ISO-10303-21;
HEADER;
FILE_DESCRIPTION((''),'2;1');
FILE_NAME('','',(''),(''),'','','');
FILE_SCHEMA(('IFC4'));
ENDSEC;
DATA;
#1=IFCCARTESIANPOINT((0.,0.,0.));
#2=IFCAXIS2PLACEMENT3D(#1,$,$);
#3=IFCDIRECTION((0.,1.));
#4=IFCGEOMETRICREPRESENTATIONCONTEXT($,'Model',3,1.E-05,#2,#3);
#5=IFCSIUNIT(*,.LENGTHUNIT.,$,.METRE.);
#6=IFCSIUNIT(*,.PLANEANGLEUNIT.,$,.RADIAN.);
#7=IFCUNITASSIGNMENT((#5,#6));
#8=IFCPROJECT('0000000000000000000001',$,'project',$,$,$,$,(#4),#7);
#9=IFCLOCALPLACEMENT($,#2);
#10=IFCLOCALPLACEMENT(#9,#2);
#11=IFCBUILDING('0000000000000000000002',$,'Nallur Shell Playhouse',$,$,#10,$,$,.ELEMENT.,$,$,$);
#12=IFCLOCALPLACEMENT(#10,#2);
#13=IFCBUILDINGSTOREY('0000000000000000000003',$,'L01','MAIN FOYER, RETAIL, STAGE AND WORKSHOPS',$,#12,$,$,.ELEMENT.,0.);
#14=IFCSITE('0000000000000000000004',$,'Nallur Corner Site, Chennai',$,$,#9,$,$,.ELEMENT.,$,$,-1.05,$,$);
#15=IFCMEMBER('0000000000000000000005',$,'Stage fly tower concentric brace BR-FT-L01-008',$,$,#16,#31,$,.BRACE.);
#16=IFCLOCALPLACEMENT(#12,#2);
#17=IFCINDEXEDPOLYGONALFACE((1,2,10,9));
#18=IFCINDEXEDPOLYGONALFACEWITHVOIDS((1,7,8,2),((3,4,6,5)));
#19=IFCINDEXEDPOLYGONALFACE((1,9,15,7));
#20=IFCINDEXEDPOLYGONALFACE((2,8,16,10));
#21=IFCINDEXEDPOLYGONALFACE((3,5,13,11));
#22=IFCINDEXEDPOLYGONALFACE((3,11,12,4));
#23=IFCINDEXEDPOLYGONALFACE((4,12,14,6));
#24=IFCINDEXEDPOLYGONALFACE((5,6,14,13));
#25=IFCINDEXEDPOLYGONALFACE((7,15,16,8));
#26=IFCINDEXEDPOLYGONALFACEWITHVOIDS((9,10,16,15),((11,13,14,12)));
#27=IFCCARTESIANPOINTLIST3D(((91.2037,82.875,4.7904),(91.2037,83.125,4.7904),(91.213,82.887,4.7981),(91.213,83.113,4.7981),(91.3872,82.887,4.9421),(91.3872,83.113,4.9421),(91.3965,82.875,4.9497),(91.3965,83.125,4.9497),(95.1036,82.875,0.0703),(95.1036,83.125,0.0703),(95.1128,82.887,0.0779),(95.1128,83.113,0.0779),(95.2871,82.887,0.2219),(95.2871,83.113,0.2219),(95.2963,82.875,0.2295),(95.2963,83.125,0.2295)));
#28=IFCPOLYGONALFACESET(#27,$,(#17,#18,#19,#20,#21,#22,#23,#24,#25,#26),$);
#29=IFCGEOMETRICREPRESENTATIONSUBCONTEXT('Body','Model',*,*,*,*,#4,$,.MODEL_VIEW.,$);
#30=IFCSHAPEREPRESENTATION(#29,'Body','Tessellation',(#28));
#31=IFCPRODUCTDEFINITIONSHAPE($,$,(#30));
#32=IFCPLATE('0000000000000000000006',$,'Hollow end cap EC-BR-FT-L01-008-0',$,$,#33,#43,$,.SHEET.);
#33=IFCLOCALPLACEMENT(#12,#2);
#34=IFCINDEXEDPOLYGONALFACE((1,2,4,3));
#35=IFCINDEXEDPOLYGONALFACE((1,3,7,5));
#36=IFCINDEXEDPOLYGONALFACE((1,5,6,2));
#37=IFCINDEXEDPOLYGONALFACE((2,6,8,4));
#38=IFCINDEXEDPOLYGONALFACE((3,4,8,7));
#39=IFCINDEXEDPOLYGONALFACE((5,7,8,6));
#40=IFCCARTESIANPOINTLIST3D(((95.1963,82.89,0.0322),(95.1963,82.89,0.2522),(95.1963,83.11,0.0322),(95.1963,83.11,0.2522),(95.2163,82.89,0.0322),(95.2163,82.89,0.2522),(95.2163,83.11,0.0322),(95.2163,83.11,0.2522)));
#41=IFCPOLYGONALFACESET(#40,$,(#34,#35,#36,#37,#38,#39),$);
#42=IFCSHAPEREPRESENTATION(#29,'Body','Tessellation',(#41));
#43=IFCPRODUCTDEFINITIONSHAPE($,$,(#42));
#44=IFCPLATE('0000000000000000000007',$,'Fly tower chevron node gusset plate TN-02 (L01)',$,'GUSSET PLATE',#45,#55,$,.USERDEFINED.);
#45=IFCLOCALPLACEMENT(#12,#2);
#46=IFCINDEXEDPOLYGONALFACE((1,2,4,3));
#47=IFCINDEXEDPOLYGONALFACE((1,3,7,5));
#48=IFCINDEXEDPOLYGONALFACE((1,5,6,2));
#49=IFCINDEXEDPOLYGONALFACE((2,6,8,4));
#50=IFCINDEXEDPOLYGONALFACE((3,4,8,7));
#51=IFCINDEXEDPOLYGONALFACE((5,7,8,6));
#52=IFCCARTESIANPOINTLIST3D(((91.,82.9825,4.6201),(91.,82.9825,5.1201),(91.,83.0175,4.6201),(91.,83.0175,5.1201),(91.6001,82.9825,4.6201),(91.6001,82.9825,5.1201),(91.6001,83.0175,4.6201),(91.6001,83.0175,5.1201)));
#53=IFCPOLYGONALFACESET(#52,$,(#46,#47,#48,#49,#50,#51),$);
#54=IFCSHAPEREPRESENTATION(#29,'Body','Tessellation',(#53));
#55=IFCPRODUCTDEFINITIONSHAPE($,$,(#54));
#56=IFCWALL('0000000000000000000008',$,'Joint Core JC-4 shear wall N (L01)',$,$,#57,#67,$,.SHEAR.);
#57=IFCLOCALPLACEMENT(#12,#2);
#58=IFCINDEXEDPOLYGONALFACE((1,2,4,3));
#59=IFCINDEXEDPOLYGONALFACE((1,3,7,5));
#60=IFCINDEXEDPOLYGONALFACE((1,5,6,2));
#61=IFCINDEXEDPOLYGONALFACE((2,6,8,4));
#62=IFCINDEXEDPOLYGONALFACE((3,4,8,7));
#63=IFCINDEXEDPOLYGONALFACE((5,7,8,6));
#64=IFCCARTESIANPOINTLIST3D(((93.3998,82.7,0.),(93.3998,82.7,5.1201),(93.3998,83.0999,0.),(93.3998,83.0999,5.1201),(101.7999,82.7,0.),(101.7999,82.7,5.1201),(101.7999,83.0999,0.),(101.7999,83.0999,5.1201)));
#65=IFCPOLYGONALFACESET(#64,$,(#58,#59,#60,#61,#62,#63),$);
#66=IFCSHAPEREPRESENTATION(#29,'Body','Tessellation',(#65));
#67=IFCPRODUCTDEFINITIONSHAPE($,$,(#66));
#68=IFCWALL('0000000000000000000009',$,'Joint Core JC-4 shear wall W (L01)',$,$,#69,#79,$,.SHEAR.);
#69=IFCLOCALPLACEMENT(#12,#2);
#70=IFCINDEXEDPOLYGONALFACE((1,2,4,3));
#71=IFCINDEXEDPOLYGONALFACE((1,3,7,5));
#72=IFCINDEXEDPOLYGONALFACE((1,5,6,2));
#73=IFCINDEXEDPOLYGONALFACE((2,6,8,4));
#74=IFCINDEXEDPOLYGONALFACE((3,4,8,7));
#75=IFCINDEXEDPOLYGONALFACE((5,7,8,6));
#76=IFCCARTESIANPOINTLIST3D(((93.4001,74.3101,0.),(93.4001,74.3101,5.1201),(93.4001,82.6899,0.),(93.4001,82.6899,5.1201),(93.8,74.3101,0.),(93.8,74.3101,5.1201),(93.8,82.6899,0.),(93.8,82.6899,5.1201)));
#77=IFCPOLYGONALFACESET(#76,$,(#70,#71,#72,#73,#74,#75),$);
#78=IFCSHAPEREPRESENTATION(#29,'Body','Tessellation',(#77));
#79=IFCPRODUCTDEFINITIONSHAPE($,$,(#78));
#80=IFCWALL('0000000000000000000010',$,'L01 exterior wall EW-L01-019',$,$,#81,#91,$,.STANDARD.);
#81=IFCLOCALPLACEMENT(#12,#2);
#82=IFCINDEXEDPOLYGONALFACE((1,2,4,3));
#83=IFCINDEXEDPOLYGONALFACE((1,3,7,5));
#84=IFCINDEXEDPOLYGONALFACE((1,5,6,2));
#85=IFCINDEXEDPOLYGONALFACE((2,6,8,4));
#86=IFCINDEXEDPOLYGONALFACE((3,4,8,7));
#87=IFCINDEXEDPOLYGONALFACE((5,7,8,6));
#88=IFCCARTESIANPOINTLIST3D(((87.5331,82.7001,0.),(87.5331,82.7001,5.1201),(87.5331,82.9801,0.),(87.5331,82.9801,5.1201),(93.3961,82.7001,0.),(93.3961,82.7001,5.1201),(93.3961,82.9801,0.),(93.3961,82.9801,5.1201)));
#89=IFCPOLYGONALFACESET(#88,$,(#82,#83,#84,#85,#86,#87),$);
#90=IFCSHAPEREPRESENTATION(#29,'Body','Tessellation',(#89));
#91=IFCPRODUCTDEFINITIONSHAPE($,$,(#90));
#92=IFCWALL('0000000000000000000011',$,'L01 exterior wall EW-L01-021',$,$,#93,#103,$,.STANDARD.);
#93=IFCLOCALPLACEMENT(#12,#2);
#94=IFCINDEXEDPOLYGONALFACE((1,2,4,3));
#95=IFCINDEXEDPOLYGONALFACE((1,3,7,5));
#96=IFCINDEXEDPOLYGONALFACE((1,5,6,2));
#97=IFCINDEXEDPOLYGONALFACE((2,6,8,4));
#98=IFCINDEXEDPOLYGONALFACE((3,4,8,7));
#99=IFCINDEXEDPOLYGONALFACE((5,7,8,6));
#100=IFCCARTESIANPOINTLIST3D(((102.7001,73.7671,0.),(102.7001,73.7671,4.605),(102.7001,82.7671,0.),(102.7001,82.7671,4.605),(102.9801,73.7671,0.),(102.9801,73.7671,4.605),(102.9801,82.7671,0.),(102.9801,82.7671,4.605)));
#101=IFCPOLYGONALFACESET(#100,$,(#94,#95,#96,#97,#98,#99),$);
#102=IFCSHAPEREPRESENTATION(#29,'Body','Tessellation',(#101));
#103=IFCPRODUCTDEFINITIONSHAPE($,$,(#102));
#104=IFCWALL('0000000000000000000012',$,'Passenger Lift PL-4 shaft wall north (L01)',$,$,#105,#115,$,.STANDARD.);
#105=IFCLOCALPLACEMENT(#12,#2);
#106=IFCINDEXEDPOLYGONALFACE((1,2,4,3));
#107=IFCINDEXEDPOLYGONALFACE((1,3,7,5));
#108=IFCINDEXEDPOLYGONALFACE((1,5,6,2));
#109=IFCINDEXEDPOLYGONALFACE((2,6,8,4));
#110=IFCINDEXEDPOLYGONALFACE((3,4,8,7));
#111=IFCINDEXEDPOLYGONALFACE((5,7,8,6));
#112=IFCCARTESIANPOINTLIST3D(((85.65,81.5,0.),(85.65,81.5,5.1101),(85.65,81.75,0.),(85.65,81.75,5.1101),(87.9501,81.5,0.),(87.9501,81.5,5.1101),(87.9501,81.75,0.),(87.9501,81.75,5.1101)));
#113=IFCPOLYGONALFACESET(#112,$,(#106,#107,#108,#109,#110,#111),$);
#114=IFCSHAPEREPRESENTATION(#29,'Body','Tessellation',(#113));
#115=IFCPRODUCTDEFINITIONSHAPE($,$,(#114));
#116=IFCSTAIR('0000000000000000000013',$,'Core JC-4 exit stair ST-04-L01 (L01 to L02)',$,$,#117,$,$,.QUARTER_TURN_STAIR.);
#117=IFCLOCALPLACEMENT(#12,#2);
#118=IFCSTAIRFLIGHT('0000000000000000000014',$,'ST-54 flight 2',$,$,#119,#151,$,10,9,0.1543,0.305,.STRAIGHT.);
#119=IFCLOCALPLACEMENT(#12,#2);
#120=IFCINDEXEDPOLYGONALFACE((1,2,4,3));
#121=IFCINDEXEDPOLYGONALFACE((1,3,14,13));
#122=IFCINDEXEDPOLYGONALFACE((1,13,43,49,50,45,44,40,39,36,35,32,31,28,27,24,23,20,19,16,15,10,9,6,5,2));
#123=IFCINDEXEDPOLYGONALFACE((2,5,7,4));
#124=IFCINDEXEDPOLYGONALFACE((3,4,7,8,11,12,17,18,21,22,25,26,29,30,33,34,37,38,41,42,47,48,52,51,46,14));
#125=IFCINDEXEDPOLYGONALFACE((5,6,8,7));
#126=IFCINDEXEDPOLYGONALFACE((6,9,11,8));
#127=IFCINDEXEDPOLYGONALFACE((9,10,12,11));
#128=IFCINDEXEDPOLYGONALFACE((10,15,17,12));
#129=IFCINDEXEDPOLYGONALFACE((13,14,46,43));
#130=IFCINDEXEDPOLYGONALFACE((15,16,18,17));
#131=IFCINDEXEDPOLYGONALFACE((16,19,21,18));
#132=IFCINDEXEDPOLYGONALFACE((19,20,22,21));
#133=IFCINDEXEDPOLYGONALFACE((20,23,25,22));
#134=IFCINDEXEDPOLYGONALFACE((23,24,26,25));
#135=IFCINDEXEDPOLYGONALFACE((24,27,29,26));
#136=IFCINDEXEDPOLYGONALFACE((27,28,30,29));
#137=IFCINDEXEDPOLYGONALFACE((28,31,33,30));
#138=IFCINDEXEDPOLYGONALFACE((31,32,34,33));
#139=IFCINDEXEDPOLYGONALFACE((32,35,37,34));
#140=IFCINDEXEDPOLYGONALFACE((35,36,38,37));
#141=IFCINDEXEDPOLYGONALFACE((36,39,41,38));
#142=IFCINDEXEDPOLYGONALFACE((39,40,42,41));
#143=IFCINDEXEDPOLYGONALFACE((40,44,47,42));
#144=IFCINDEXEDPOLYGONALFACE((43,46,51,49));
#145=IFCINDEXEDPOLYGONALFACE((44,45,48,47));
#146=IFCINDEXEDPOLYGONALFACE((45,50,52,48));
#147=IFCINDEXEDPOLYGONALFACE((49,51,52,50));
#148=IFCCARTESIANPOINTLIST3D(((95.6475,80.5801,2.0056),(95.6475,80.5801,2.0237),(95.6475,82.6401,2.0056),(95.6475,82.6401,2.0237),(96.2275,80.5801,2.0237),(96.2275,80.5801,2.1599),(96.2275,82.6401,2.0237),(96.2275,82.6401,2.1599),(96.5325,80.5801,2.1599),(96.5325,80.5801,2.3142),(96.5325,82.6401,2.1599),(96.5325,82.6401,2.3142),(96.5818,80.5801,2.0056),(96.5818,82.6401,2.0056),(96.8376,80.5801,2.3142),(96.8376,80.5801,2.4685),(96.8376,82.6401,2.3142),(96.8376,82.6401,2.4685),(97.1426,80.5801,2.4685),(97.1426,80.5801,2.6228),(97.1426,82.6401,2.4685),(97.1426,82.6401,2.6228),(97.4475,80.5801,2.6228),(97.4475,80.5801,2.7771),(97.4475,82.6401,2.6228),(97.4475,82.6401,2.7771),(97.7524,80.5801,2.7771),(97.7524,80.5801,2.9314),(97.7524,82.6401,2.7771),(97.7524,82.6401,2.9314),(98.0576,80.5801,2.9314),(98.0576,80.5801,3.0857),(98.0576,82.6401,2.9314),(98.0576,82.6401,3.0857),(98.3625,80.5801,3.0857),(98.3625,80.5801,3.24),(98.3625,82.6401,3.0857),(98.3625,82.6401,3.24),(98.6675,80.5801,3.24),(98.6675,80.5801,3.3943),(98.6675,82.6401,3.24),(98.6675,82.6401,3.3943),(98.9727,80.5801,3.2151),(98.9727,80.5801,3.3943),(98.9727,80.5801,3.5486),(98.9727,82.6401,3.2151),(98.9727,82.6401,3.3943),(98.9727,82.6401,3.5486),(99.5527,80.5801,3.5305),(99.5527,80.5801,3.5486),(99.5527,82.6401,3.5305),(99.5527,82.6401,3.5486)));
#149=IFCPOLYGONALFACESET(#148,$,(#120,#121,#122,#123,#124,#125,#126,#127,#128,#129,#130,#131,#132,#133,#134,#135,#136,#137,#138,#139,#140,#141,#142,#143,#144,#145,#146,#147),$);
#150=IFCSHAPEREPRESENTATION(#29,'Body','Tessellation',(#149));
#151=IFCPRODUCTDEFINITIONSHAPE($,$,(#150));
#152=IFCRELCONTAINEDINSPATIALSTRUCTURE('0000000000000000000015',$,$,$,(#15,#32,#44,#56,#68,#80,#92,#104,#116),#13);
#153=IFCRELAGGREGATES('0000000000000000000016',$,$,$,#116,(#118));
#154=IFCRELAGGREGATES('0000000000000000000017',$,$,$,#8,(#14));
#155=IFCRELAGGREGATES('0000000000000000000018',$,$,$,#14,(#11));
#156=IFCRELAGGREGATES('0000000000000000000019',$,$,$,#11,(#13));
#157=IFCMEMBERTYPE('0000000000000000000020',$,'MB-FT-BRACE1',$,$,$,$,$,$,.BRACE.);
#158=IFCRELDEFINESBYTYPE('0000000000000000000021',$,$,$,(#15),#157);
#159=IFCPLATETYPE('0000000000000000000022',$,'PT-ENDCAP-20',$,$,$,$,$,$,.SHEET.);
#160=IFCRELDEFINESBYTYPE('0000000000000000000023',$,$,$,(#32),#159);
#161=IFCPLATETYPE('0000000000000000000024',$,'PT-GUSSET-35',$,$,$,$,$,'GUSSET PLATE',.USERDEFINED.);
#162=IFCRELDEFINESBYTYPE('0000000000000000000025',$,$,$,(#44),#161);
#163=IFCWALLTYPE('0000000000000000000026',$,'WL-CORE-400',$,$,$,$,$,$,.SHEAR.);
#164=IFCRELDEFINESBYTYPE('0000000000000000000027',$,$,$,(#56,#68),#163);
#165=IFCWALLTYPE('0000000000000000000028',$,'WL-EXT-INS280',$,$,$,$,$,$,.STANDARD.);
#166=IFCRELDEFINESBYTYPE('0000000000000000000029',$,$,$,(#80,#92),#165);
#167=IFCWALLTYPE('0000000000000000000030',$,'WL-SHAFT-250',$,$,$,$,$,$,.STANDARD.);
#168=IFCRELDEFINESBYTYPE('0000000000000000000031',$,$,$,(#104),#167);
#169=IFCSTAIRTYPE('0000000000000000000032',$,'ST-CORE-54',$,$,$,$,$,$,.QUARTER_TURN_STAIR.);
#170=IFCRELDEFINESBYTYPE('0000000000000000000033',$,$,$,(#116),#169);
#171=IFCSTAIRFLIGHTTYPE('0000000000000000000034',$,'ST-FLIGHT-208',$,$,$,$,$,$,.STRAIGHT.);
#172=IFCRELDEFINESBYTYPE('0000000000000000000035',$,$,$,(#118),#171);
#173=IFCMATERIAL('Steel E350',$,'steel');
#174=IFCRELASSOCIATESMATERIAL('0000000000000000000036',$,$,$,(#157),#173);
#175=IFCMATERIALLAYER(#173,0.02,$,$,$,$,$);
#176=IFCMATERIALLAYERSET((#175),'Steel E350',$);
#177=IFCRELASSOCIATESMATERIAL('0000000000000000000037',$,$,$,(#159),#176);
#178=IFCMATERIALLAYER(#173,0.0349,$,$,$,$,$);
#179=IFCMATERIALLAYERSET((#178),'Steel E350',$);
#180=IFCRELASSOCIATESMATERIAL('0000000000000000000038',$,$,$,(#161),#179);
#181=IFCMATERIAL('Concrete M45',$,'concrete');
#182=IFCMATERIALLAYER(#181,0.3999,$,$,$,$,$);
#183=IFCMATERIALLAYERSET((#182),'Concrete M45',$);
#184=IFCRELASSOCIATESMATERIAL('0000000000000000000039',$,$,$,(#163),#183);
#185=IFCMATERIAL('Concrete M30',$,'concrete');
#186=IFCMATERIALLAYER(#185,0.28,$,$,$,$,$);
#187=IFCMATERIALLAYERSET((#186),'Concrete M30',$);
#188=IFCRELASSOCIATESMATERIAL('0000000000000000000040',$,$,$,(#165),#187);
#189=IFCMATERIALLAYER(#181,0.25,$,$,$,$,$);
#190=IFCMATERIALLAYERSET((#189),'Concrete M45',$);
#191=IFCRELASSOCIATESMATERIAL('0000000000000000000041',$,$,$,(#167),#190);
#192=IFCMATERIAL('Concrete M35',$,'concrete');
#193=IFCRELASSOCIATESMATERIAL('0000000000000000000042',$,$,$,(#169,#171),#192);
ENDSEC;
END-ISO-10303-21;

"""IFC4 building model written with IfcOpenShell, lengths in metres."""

from ifc_helpers import new_model, si_unit, direction, frame, frame_2d, origin, origin_2d, place, context, subcontext, project, spatial, polyline, rectangle, hollow_rectangle, outline, extrude, material, layer, layer_set, material_profile, profile_set, type_object, element, aggregate, save


model = new_model("IFC4")

# Units and contexts
model_context = context("Model", 3, precision=1e-05, world=origin(), true_north=direction((0.0, 1.0)))
body_context = subcontext(model_context, "Body", "Model", "MODEL_VIEW")
ifc_project = project(units=[si_unit("LENGTHUNIT", "METRE"), si_unit("PLANEANGLEUNIT", "RADIAN")], contexts=[model_context])

# Site, building, storey
site_placement = place(None, origin())
site = spatial("IfcSite", under=ifc_project, at=site_placement, Name="Nallur Corner Site, Chennai", CompositionType="ELEMENT", RefElevation=-1.05)
building_placement = place(site_placement, origin())
building = spatial("IfcBuilding", under=site, at=building_placement, Name="Nallur Shell Playhouse", CompositionType="ELEMENT")
storey_placement = place(building_placement, origin())
storey = spatial("IfcBuildingStorey", under=building, at=storey_placement, Name="L01", Description="MAIN FOYER, RETAIL, STAGE AND WORKSHOPS", CompositionType="ELEMENT", Elevation=0.0)

# Shared definitions
ifc_material_1 = material(Name="Steel E350", Category="steel")

# Shared definitions
ifc_material_2 = material(Name="Concrete M35", Category="concrete")

# Member
ifc_material_profile_1 = material_profile(ifc_material_1, hollow_rectangle(XDim=0.25, YDim=0.25, WallThickness=0.012, at=origin_2d()), Name="SHS 250x250x12")
ifc_profile_set_1 = profile_set([ifc_material_profile_1], Name="Steel E350")
member_type = type_object("IfcMemberType", Name="MB-FT-BRACE1", PredefinedType="BRACE", material=ifc_profile_set_1)
member_1_placement = place(storey_placement, frame((95.2, 83.0, 0.1499), z_axis=(-0.636939, 0.0, 0.770914), x_axis=(0.0, -1.0, 0.0)))
element("IfcMember", 1, at=member_1_placement, inside=storey, type_object=member_type, Name="Stage fly tower concentric brace BR-FT-L01-008", PredefinedType="BRACE", context=body_context, shape_type="SweptSolid", body=[
    extrude(hollow_rectangle(XDim=0.25, YDim=0.25, WallThickness=0.012, at=origin_2d()), origin(), (0.0, 0.0, 1.0), 6.1228),
])

# Plates
ifc_layer_1 = layer(ifc_material_1, 0.02)
ifc_layer_set_1 = layer_set([ifc_layer_1], Name="Steel E350")
plate_type_1 = type_object("IfcPlateType", Name="PT-ENDCAP-20", PredefinedType="SHEET", material=ifc_layer_set_1)
plate_1_placement = place(storey_placement, frame((95.2063, 83.0, 0.0322), z_axis=(0.0, 0.0, 1.0), x_axis=(1.0, 0.0, 0.0)))
element("IfcPlate", 2, at=plate_1_placement, inside=storey, type_object=plate_type_1, Name="Hollow end cap EC-BR-FT-L01-008-0", PredefinedType="SHEET", context=body_context, shape_type="SweptSolid", body=[
    extrude(rectangle(XDim=0.02, YDim=0.22, at=origin_2d()), origin(), (0.0, 0.0, 1.0), 0.22),
])
ifc_layer_2 = layer(ifc_material_1, 0.0349)
ifc_layer_set_2 = layer_set([ifc_layer_2], Name="Steel E350")
plate_type_2 = type_object("IfcPlateType", Name="PT-GUSSET-35", ElementType="GUSSET PLATE", PredefinedType="USERDEFINED", material=ifc_layer_set_2)
plate_2_placement = place(storey_placement, frame((91.3, 83.0, 4.6201), z_axis=(0.0, 0.0, 1.0), x_axis=(1.0, 0.0, 0.0)))
element("IfcPlate", 3, at=plate_2_placement, inside=storey, type_object=plate_type_2, Name="Fly tower chevron node gusset plate TN-02 (L01)", ObjectType="GUSSET PLATE", PredefinedType="USERDEFINED", context=body_context, shape_type="SweptSolid", body=[
    extrude(rectangle(XDim=0.6001, YDim=0.0349, at=origin_2d()), origin(), (0.0, 0.0, 1.0), 0.5),
])

# Walls
ifc_material_3 = material(Name="Concrete M45", Category="concrete")
ifc_layer_3 = layer(ifc_material_3, 0.3999)
ifc_layer_set_3 = layer_set([ifc_layer_3], Name="Concrete M45")
wall_type_1 = type_object("IfcWallType", Name="WL-CORE-400", PredefinedType="SHEAR", material=ifc_layer_set_3)
wall_1_placement = place(storey_placement, frame((101.8, 82.8999, 0.0), z_axis=(0.0, 0.0, 1.0), x_axis=(-1.0, 0.0, 0.0)))
element("IfcWall", 4, at=wall_1_placement, inside=storey, type_object=wall_type_1, Name="Joint Core JC-4 shear wall N (L01)", PredefinedType="SHEAR", context=body_context, shape_type="SweptSolid", body=[
    extrude(rectangle(XDim=8.4001, YDim=0.3999, at=frame_2d((4.2002, 0.0))), origin(), (0.0, 0.0, 1.0), 5.1201),
])
wall_2_placement = place(storey_placement, frame((93.6001, 82.6899, 0.0), z_axis=(0.0, 0.0, 1.0), x_axis=(0.0, -1.0, 0.0)))
element("IfcWall", 5, at=wall_2_placement, inside=storey, type_object=wall_type_1, Name="Joint Core JC-4 shear wall W (L01)", PredefinedType="SHEAR", context=body_context, shape_type="SweptSolid", body=[
    extrude(rectangle(XDim=8.3799, YDim=0.3999, at=frame_2d((4.1899, 0.0))), origin(), (0.0, 0.0, 1.0), 5.1201),
])
ifc_material_4 = material(Name="Concrete M30", Category="concrete")
ifc_layer_4 = layer(ifc_material_4, 0.28)
ifc_layer_set_4 = layer_set([ifc_layer_4], Name="Concrete M30")
wall_type_2 = type_object("IfcWallType", Name="WL-EXT-INS280", PredefinedType="STANDARD", material=ifc_layer_set_4)
wall_3_placement = place(storey_placement, frame((87.533, 82.8401, 0.0), z_axis=(0.0, 0.0, 1.0), x_axis=(1.0, 0.0, 0.0)))
element("IfcWall", 6, at=wall_3_placement, inside=storey, type_object=wall_type_2, Name="L01 exterior wall EW-L01-019", PredefinedType="STANDARD", context=body_context, shape_type="SweptSolid", body=[
    extrude(rectangle(XDim=5.863, YDim=0.28, at=frame_2d((2.9316, 0.0))), origin(), (0.0, 0.0, 1.0), 5.1201),
])
wall_4_placement = place(storey_placement, frame((102.8401, 82.7671, 0.0), z_axis=(0.0, 0.0, 1.0), x_axis=(0.0, -1.0, 0.0)))
element("IfcWall", 7, at=wall_4_placement, inside=storey, type_object=wall_type_2, Name="L01 exterior wall EW-L01-021", PredefinedType="STANDARD", context=body_context, shape_type="SweptSolid", body=[
    extrude(rectangle(XDim=9.0, YDim=0.28, at=frame_2d((4.5, 0.0))), origin(), (0.0, 0.0, 1.0), 4.605),
])
ifc_layer_5 = layer(ifc_material_3, 0.25)
ifc_layer_set_5 = layer_set([ifc_layer_5], Name="Concrete M45")
wall_type_3 = type_object("IfcWallType", Name="WL-SHAFT-250", PredefinedType="STANDARD", material=ifc_layer_set_5)
wall_5_placement = place(storey_placement, frame((87.95, 81.625, 0.0), z_axis=(0.0, 0.0, 1.0), x_axis=(-1.0, 0.0, 0.0)))
element("IfcWall", 8, at=wall_5_placement, inside=storey, type_object=wall_type_3, Name="Passenger Lift PL-4 shaft wall north (L01)", PredefinedType="STANDARD", context=body_context, shape_type="SweptSolid", body=[
    extrude(rectangle(XDim=2.3, YDim=0.25, at=frame_2d((1.1499, 0.0))), origin(), (0.0, 0.0, 1.0), 5.1101),
])

# Stair, stair flight
stair_type = type_object("IfcStairType", Name="ST-CORE-54", PredefinedType="QUARTER_TURN_STAIR", material=ifc_material_2)
stair_placement = place(storey_placement, origin())
stair = element("IfcStair", 9, at=stair_placement, inside=storey, type_object=stair_type, Name="Core JC-4 exit stair ST-04-L01 (L01 to L02)", PredefinedType="QUARTER_TURN_STAIR")
stair_flight_type = type_object("IfcStairFlightType", Name="ST-FLIGHT-208", PredefinedType="STRAIGHT", material=ifc_material_2)
stair_flight_1_placement = place(storey_placement, frame((96.2275, 81.6101, 2.0056), z_axis=(0.0, 0.0, 1.0), x_axis=(1.0, 0.0, 0.0)))
stair_flight_1 = element("IfcStairFlight", 10, at=stair_flight_1_placement, type_object=stair_flight_type, Name="ST-54 flight 2", NumberOfRisers=10, NumberOfTreads=9, PredefinedType="STRAIGHT", RiserHeight=0.1543, TreadLength=0.305, context=body_context, shape_type="SweptSolid", body=[
    extrude(outline(polyline([(-0.5801, 0.0), (-0.5801, 0.0181), (0.0, 0.0181), (0.0, 0.1543), (0.3049, 0.1543), (0.3049, 0.3086), (0.6101, 0.3086), (0.6101, 0.4629), (0.915, 0.4629), (0.915, 0.6172), (1.22, 0.6172), (1.22, 0.7715), (1.5249, 0.7715), (1.5249, 0.9258), (1.8301, 0.9258), (1.8301, 1.0801), (2.135, 1.0801), (2.135, 1.2344), (2.4399, 1.2344), (2.4399, 1.3887), (2.7451, 1.3887), (2.7451, 1.543), (3.3252, 1.543), (3.3252, 1.5249), (2.7451, 1.2095), (0.3542, 0.0), (-0.5801, 0.0)])), frame((0.0, 1.03, 0.0), z_axis=(0.0, -1.0, 0.0), x_axis=(1.0, 0.0, 0.0)), (0.0, 0.0, 1.0), 2.0601),
])
aggregate(stair, [stair_flight_1])

save(model, "model.ifc")
